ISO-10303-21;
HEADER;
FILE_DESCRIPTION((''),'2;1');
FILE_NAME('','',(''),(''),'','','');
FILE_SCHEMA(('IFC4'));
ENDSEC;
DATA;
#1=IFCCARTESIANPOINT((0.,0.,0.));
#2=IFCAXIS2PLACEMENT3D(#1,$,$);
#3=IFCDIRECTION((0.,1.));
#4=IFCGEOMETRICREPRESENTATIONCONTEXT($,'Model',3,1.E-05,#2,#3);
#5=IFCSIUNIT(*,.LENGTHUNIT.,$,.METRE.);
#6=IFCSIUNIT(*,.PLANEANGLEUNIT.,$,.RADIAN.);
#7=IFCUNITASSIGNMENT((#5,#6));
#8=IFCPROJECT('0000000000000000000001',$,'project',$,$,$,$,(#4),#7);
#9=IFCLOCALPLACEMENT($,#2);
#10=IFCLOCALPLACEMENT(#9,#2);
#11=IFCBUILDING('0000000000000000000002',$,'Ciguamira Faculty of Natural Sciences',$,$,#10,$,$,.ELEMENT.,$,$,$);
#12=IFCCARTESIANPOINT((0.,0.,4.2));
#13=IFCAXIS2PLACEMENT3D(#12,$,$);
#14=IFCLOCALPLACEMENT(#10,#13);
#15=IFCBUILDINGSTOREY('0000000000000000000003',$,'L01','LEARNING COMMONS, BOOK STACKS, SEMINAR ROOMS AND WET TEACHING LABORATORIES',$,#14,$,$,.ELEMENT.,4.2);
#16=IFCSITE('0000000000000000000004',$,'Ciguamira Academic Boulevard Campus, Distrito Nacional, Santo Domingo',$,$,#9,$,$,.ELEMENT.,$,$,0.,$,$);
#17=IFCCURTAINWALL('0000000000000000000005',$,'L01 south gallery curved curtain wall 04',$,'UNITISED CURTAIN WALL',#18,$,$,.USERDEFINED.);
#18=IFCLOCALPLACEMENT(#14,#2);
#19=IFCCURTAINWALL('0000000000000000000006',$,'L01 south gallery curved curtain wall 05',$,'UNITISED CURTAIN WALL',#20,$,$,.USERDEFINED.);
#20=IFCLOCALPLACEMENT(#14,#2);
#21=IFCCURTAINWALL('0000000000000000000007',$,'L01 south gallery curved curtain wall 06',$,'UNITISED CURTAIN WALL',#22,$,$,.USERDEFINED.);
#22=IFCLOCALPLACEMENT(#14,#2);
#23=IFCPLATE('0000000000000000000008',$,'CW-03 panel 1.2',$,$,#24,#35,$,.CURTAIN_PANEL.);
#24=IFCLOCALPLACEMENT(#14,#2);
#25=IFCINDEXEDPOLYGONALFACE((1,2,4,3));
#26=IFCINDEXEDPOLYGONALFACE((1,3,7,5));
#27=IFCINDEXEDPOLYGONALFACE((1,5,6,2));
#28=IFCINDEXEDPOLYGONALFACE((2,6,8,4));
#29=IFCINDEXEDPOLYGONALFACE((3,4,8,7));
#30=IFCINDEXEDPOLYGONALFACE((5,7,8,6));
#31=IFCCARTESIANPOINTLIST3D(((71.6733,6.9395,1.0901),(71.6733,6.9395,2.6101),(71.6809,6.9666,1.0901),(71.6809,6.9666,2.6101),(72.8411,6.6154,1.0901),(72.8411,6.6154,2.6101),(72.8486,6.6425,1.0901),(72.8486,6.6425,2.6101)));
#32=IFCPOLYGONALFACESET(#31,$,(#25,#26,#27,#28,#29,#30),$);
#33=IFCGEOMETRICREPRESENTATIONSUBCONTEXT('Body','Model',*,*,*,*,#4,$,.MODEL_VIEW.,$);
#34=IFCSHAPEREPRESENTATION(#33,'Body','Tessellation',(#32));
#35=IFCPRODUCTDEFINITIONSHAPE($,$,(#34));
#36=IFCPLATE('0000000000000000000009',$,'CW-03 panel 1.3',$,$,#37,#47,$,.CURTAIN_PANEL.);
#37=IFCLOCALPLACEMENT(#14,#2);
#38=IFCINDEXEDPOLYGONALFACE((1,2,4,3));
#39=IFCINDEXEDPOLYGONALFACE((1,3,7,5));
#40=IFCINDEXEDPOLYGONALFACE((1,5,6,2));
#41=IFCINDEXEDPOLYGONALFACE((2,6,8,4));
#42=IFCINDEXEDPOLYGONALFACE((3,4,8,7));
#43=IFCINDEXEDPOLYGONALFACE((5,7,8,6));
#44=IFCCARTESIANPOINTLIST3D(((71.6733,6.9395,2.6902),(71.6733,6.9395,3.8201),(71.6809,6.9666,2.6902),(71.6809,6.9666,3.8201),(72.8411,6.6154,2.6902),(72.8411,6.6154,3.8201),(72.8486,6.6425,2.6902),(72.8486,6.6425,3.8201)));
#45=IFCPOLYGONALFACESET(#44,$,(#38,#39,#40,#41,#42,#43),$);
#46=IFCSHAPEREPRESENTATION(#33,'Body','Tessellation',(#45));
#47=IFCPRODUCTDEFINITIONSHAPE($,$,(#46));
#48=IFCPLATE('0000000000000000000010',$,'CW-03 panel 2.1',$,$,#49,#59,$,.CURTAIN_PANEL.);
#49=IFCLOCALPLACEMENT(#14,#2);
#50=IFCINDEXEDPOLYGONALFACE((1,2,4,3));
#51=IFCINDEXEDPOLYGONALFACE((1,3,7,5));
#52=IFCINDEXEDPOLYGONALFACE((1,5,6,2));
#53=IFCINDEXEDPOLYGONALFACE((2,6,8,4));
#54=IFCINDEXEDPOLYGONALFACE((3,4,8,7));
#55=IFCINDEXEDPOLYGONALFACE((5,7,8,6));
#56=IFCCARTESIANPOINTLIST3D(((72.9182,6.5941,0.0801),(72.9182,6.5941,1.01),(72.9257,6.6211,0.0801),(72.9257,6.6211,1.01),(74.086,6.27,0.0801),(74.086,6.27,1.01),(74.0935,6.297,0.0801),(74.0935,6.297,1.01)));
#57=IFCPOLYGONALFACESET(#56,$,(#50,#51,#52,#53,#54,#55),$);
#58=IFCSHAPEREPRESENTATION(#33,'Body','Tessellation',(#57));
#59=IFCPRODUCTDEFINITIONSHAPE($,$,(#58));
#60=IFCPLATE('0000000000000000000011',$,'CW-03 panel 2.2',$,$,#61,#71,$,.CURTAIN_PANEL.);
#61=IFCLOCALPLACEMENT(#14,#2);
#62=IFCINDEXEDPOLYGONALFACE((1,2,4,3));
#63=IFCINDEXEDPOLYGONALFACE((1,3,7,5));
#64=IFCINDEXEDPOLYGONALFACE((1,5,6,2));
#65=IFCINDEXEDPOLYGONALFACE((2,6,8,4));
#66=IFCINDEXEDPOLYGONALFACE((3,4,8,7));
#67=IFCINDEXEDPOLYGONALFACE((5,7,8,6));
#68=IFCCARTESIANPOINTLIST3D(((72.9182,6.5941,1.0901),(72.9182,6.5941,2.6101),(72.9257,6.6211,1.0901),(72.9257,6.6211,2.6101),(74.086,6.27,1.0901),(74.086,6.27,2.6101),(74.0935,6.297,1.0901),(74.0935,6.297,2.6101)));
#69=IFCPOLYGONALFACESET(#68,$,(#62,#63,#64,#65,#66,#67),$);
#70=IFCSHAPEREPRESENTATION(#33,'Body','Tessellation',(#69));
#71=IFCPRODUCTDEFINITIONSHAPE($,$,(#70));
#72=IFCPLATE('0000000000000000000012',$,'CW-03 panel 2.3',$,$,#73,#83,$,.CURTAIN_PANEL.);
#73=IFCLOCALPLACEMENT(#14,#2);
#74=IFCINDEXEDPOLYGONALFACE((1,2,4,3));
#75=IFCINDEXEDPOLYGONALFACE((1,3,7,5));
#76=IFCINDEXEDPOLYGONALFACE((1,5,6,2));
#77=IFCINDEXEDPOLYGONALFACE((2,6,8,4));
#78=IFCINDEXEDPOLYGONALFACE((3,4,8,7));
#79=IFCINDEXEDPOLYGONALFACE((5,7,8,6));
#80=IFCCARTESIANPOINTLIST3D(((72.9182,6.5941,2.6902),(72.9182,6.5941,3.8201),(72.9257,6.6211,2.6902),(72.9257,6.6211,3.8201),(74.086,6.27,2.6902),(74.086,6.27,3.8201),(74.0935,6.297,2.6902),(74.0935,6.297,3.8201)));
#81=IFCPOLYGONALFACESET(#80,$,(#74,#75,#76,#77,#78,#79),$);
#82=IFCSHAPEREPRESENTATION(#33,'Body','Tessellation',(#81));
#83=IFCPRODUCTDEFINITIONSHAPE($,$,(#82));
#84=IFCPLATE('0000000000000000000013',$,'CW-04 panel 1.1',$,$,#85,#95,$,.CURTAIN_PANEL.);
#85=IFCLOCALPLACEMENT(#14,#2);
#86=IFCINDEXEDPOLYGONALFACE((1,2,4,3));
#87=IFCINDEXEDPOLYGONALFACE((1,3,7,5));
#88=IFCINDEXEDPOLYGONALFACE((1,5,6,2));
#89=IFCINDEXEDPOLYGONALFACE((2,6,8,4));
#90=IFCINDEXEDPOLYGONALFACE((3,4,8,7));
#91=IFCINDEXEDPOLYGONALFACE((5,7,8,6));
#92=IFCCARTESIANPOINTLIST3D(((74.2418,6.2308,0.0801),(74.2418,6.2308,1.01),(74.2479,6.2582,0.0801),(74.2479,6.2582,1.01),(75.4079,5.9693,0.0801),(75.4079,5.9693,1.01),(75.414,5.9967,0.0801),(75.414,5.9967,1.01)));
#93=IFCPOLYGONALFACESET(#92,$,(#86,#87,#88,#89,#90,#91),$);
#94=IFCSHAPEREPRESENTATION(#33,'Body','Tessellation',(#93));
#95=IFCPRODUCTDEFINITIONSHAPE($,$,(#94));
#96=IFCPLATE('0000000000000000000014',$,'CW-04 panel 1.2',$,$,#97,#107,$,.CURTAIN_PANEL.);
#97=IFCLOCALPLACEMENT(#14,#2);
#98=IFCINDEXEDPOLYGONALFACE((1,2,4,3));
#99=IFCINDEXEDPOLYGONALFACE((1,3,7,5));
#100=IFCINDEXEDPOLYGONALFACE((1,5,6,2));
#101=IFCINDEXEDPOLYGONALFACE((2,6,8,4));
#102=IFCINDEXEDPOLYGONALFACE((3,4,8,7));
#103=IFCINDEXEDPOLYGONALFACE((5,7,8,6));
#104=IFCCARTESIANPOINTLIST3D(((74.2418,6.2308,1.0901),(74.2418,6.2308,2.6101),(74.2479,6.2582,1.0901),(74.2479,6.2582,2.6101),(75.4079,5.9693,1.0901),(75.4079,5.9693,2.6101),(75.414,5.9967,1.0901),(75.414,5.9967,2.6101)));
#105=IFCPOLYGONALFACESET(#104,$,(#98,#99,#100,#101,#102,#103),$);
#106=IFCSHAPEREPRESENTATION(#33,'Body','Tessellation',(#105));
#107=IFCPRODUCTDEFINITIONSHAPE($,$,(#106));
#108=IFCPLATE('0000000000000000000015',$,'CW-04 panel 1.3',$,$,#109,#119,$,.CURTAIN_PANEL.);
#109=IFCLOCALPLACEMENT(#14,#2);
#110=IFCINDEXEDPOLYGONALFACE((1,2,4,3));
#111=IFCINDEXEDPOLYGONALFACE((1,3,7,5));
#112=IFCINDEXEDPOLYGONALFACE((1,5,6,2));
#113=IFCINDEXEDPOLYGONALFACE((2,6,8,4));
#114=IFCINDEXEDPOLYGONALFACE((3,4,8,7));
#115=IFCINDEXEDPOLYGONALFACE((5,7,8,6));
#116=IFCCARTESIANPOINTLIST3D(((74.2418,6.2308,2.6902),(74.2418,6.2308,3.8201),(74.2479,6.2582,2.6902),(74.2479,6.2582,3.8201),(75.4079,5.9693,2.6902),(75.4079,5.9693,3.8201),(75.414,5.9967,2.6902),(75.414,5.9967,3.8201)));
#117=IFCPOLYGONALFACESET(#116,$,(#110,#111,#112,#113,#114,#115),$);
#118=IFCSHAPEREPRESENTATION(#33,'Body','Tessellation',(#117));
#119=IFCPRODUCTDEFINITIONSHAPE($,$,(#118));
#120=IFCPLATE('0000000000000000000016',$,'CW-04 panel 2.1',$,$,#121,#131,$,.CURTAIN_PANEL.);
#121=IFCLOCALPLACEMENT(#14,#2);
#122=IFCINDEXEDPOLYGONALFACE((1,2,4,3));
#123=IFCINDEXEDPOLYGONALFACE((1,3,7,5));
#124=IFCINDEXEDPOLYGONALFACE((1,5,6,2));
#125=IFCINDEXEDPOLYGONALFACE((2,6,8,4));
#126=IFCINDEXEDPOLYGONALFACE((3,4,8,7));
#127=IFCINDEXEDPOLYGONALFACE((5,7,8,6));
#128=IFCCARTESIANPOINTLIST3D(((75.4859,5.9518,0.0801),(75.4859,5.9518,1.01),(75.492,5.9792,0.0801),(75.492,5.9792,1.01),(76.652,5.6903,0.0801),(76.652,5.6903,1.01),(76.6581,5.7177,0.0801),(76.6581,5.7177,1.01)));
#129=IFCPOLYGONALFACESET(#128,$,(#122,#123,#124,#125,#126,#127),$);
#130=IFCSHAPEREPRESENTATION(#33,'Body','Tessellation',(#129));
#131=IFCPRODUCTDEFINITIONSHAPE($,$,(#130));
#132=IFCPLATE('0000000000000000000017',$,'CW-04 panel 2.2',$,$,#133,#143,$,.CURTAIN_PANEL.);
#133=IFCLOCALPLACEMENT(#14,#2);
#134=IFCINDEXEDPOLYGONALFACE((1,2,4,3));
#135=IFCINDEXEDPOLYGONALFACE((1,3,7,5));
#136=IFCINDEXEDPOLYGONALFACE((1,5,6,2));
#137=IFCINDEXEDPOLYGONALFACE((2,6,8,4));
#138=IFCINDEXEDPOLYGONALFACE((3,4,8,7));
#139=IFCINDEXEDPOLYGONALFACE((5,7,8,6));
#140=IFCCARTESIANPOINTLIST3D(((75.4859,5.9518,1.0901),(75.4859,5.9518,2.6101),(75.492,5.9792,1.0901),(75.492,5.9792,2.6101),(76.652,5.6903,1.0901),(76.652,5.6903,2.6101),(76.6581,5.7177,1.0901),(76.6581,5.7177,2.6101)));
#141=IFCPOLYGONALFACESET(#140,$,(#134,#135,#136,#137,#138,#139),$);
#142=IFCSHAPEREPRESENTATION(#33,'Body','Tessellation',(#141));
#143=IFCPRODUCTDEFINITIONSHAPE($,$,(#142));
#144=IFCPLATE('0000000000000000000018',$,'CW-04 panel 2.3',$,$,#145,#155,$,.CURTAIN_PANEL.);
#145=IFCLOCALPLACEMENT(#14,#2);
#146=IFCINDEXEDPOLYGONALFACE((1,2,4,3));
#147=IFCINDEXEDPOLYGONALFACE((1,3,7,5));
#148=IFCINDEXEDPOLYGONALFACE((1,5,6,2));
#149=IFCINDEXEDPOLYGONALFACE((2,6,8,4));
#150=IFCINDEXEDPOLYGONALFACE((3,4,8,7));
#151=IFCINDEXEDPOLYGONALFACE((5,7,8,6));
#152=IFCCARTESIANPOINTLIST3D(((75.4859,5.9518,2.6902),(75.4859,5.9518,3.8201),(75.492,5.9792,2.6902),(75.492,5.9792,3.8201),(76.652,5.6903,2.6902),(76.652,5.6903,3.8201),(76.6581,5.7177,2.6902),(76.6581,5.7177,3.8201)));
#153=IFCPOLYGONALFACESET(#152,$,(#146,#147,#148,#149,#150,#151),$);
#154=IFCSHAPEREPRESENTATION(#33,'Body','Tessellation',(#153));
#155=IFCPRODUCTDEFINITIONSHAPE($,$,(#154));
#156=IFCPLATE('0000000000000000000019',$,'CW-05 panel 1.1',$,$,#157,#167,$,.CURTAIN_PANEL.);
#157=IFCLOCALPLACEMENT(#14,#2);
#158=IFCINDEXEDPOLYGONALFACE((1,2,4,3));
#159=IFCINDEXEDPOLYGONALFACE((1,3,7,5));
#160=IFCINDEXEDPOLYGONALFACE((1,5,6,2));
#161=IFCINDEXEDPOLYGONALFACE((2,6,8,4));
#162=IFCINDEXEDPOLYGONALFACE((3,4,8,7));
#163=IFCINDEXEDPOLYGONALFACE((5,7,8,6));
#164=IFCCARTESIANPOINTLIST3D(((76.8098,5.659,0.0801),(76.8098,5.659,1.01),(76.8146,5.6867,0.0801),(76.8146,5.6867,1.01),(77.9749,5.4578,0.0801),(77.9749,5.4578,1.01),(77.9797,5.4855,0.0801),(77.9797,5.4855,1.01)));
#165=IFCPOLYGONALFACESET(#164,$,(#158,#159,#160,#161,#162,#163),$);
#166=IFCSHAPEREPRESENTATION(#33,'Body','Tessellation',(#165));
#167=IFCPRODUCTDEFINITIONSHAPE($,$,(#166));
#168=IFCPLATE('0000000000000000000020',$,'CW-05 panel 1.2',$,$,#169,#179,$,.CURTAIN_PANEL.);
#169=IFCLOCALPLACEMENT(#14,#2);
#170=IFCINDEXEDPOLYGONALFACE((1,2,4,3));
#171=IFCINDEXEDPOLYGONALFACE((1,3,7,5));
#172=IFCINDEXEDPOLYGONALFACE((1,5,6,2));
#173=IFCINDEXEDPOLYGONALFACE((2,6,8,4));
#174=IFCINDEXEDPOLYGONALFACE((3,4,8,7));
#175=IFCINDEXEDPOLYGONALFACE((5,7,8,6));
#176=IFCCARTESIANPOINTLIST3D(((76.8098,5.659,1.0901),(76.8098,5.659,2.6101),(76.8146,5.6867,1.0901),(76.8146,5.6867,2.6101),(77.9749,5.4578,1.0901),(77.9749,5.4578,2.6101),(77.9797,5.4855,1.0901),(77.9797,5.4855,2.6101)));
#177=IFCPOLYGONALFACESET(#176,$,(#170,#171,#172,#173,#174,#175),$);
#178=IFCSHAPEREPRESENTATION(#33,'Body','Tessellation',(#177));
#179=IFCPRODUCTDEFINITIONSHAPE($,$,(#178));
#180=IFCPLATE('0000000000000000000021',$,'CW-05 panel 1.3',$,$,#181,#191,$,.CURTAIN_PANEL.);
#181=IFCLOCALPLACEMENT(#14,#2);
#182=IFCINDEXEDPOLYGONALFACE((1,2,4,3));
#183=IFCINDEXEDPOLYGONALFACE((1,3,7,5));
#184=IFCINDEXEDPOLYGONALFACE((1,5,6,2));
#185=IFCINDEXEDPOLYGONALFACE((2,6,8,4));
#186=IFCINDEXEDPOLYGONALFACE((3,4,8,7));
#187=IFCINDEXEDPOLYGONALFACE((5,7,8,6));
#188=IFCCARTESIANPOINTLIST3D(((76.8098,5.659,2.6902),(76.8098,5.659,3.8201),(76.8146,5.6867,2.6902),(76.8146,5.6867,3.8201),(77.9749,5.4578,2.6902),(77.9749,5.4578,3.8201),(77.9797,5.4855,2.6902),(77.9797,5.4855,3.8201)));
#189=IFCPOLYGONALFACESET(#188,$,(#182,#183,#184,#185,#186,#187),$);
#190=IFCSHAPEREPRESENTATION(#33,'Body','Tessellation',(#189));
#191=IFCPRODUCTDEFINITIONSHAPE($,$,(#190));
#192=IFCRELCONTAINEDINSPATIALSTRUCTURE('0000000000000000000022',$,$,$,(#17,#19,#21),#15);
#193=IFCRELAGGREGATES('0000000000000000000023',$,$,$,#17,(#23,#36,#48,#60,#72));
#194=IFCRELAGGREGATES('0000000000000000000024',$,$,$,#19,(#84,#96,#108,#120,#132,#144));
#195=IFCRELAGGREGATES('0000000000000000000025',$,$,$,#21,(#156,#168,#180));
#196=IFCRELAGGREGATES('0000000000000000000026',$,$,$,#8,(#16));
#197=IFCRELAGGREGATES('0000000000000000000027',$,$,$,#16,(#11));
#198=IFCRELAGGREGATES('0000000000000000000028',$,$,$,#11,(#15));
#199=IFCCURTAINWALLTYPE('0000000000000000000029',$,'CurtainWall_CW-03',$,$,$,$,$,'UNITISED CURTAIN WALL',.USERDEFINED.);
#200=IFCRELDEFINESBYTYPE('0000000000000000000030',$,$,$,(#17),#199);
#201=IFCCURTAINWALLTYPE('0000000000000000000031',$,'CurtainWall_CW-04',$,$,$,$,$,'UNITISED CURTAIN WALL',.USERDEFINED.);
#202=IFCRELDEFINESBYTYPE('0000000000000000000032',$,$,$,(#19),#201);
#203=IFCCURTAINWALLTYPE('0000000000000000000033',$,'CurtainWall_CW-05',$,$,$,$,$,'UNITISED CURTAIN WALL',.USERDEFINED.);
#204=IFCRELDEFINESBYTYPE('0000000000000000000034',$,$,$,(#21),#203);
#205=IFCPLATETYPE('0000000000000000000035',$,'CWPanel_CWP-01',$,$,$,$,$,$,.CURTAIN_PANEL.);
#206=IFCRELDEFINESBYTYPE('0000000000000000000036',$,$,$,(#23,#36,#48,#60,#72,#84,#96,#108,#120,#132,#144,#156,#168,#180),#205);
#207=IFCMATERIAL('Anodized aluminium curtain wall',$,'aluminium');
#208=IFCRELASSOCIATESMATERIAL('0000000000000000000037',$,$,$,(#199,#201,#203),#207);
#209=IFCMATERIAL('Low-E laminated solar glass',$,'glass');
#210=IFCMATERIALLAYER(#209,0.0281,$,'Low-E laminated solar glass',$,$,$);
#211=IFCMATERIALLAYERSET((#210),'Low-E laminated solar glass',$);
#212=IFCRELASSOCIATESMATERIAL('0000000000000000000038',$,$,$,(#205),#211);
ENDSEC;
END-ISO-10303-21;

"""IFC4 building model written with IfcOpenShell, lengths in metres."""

from ifc_helpers import new_model, si_unit, direction, frame, origin, origin_2d, place, context, subcontext, project, spatial, rectangle, extrude, material, layer, layer_set, type_object, element, aggregate, save


model = new_model("IFC4")

# Units and contexts
model_context = context("Model", 3, precision=1e-05, world=origin(), true_north=direction((0.0, 1.0)))
body_context = subcontext(model_context, "Body", "Model", "MODEL_VIEW")
ifc_project = project(units=[si_unit("LENGTHUNIT", "METRE"), si_unit("PLANEANGLEUNIT", "RADIAN")], contexts=[model_context])

# Site, building, storey
site_placement = place(None, origin())
site = spatial("IfcSite", under=ifc_project, at=site_placement, Name="Ciguamira Academic Boulevard Campus, Distrito Nacional, Santo Domingo", CompositionType="ELEMENT", RefElevation=0.0)
building_placement = place(site_placement, origin())
building = spatial("IfcBuilding", under=site, at=building_placement, Name="Ciguamira Faculty of Natural Sciences", CompositionType="ELEMENT")
storey_placement = place(building_placement, frame((0.0, 0.0, 4.2)))
storey = spatial("IfcBuildingStorey", under=building, at=storey_placement, Name="L01", Description="LEARNING COMMONS, BOOK STACKS, SEMINAR ROOMS AND WET TEACHING LABORATORIES", CompositionType="ELEMENT", Elevation=4.2)

# Curtain walls
ifc_material_1 = material(Name="Anodized aluminium curtain wall", Category="aluminium")
curtain_wall_type_1 = type_object("IfcCurtainWallType", Name="CurtainWall_CW-03", ElementType="UNITISED CURTAIN WALL", PredefinedType="USERDEFINED", material=ifc_material_1)
curtain_wall_1_placement = place(storey_placement, origin())
curtain_wall_1 = element("IfcCurtainWall", 1, at=curtain_wall_1_placement, inside=storey, type_object=curtain_wall_type_1, Name="L01 south gallery curved curtain wall 04", ObjectType="UNITISED CURTAIN WALL", PredefinedType="USERDEFINED")
curtain_wall_type_2 = type_object("IfcCurtainWallType", Name="CurtainWall_CW-04", ElementType="UNITISED CURTAIN WALL", PredefinedType="USERDEFINED", material=ifc_material_1)
curtain_wall_2_placement = place(storey_placement, origin())
curtain_wall_2 = element("IfcCurtainWall", 2, at=curtain_wall_2_placement, inside=storey, type_object=curtain_wall_type_2, Name="L01 south gallery curved curtain wall 05", ObjectType="UNITISED CURTAIN WALL", PredefinedType="USERDEFINED")
curtain_wall_type_3 = type_object("IfcCurtainWallType", Name="CurtainWall_CW-05", ElementType="UNITISED CURTAIN WALL", PredefinedType="USERDEFINED", material=ifc_material_1)
curtain_wall_3_placement = place(storey_placement, origin())
curtain_wall_3 = element("IfcCurtainWall", 3, at=curtain_wall_3_placement, inside=storey, type_object=curtain_wall_type_3, Name="L01 south gallery curved curtain wall 06", ObjectType="UNITISED CURTAIN WALL", PredefinedType="USERDEFINED")

# Plates
ifc_material_2 = material(Name="Low-E laminated solar glass", Category="glass")
ifc_layer = layer(ifc_material_2, 0.0281, Name="Low-E laminated solar glass")
ifc_layer_set = layer_set([ifc_layer], Name="Low-E laminated solar glass")
plate_type = type_object("IfcPlateType", Name="CWPanel_CWP-01", PredefinedType="CURTAIN_PANEL", material=ifc_layer_set)
plate_1_placement = place(storey_placement, frame((72.261, 6.791, 1.0901), z_axis=(0.0, 0.0, 1.0), x_axis=(0.963573, -0.267444, 0.0)))
plate_1 = element("IfcPlate", 4, at=plate_1_placement, type_object=plate_type, Name="CW-03 panel 1.2", PredefinedType="CURTAIN_PANEL", context=body_context, shape_type="SweptSolid", body=[
    extrude(rectangle(XDim=1.2119, YDim=0.0281, at=origin_2d()), origin(), (0.0, 0.0, 1.0), 1.52),
])
plate_2_placement = place(storey_placement, frame((72.261, 6.791, 2.6902), z_axis=(0.0, 0.0, 1.0), x_axis=(0.963573, -0.267444, 0.0)))
plate_2 = element("IfcPlate", 5, at=plate_2_placement, type_object=plate_type, Name="CW-03 panel 1.3", PredefinedType="CURTAIN_PANEL", context=body_context, shape_type="SweptSolid", body=[
    extrude(rectangle(XDim=1.2119, YDim=0.0281, at=origin_2d()), origin(), (0.0, 0.0, 1.0), 1.1299),
])
plate_3_placement = place(storey_placement, frame((73.5059, 6.4456, 0.0801), z_axis=(0.0, 0.0, 1.0), x_axis=(0.963573, -0.267444, 0.0)))
plate_3 = element("IfcPlate", 6, at=plate_3_placement, type_object=plate_type, Name="CW-03 panel 2.1", PredefinedType="CURTAIN_PANEL", context=body_context, shape_type="SweptSolid", body=[
    extrude(rectangle(XDim=1.2119, YDim=0.0281, at=origin_2d()), origin(), (0.0, 0.0, 1.0), 0.9299),
])
plate_4_placement = place(storey_placement, frame((73.5059, 6.4456, 1.0901), z_axis=(0.0, 0.0, 1.0), x_axis=(0.963573, -0.267444, 0.0)))
plate_4 = element("IfcPlate", 7, at=plate_4_placement, type_object=plate_type, Name="CW-03 panel 2.2", PredefinedType="CURTAIN_PANEL", context=body_context, shape_type="SweptSolid", body=[
    extrude(rectangle(XDim=1.2119, YDim=0.0281, at=origin_2d()), origin(), (0.0, 0.0, 1.0), 1.52),
])
plate_5_placement = place(storey_placement, frame((73.5059, 6.4456, 2.6902), z_axis=(0.0, 0.0, 1.0), x_axis=(0.963573, -0.267444, 0.0)))
plate_5 = element("IfcPlate", 8, at=plate_5_placement, type_object=plate_type, Name="CW-03 panel 2.3", PredefinedType="CURTAIN_PANEL", context=body_context, shape_type="SweptSolid", body=[
    extrude(rectangle(XDim=1.2119, YDim=0.0281, at=origin_2d()), origin(), (0.0, 0.0, 1.0), 1.1299),
])
aggregate(curtain_wall_1, [plate_1, plate_2, plate_3, plate_4, plate_5])
plate_6_placement = place(storey_placement, frame((74.8279, 6.1138, 0.0801), z_axis=(0.0, 0.0, 1.0), x_axis=(0.975763, -0.21883, 0.0)))
plate_6 = element("IfcPlate", 9, at=plate_6_placement, type_object=plate_type, Name="CW-04 panel 1.1", PredefinedType="CURTAIN_PANEL", context=body_context, shape_type="SweptSolid", body=[
    extrude(rectangle(XDim=1.1951, YDim=0.0281, at=origin_2d()), origin(), (0.0, 0.0, 1.0), 0.9299),
])
plate_7_placement = place(storey_placement, frame((74.8279, 6.1138, 1.0901), z_axis=(0.0, 0.0, 1.0), x_axis=(0.975763, -0.21883, 0.0)))
plate_7 = element("IfcPlate", 10, at=plate_7_placement, type_object=plate_type, Name="CW-04 panel 1.2", PredefinedType="CURTAIN_PANEL", context=body_context, shape_type="SweptSolid", body=[
    extrude(rectangle(XDim=1.1951, YDim=0.0281, at=origin_2d()), origin(), (0.0, 0.0, 1.0), 1.52),
])
plate_8_placement = place(storey_placement, frame((74.8279, 6.1138, 2.6902), z_axis=(0.0, 0.0, 1.0), x_axis=(0.975763, -0.21883, 0.0)))
plate_8 = element("IfcPlate", 11, at=plate_8_placement, type_object=plate_type, Name="CW-04 panel 1.3", PredefinedType="CURTAIN_PANEL", context=body_context, shape_type="SweptSolid", body=[
    extrude(rectangle(XDim=1.1951, YDim=0.0281, at=origin_2d()), origin(), (0.0, 0.0, 1.0), 1.1299),
])
plate_9_placement = place(storey_placement, frame((76.072, 5.8347, 0.0801), z_axis=(0.0, 0.0, 1.0), x_axis=(0.975763, -0.21883, 0.0)))
plate_9 = element("IfcPlate", 12, at=plate_9_placement, type_object=plate_type, Name="CW-04 panel 2.1", PredefinedType="CURTAIN_PANEL", context=body_context, shape_type="SweptSolid", body=[
    extrude(rectangle(XDim=1.1951, YDim=0.0281, at=origin_2d()), origin(), (0.0, 0.0, 1.0), 0.9299),
])
plate_10_placement = place(storey_placement, frame((76.072, 5.8347, 1.0901), z_axis=(0.0, 0.0, 1.0), x_axis=(0.975763, -0.21883, 0.0)))
plate_10 = element("IfcPlate", 13, at=plate_10_placement, type_object=plate_type, Name="CW-04 panel 2.2", PredefinedType="CURTAIN_PANEL", context=body_context, shape_type="SweptSolid", body=[
    extrude(rectangle(XDim=1.1951, YDim=0.0281, at=origin_2d()), origin(), (0.0, 0.0, 1.0), 1.52),
])
plate_11_placement = place(storey_placement, frame((76.072, 5.8347, 2.6902), z_axis=(0.0, 0.0, 1.0), x_axis=(0.975763, -0.21883, 0.0)))
plate_11 = element("IfcPlate", 14, at=plate_11_placement, type_object=plate_type, Name="CW-04 panel 2.3", PredefinedType="CURTAIN_PANEL", context=body_context, shape_type="SweptSolid", body=[
    extrude(rectangle(XDim=1.1951, YDim=0.0281, at=origin_2d()), origin(), (0.0, 0.0, 1.0), 1.1299),
])
aggregate(curtain_wall_2, [plate_6, plate_7, plate_8, plate_9, plate_10, plate_11])
plate_12_placement = place(storey_placement, frame((77.3948, 5.5723, 0.0801), z_axis=(0.0, 0.0, 1.0), x_axis=(0.985411, -0.170192, 0.0)))
plate_12 = element("IfcPlate", 15, at=plate_12_placement, type_object=plate_type, Name="CW-05 panel 1.1", PredefinedType="CURTAIN_PANEL", context=body_context, shape_type="SweptSolid", body=[
    extrude(rectangle(XDim=1.1824, YDim=0.0281, at=origin_2d()), origin(), (0.0, 0.0, 1.0), 0.9299),
])
plate_13_placement = place(storey_placement, frame((77.3948, 5.5723, 1.0901), z_axis=(0.0, 0.0, 1.0), x_axis=(0.985411, -0.170192, 0.0)))
plate_13 = element("IfcPlate", 16, at=plate_13_placement, type_object=plate_type, Name="CW-05 panel 1.2", PredefinedType="CURTAIN_PANEL", context=body_context, shape_type="SweptSolid", body=[
    extrude(rectangle(XDim=1.1824, YDim=0.0281, at=origin_2d()), origin(), (0.0, 0.0, 1.0), 1.52),
])
plate_14_placement = place(storey_placement, frame((77.3948, 5.5723, 2.6902), z_axis=(0.0, 0.0, 1.0), x_axis=(0.985411, -0.170192, 0.0)))
plate_14 = element("IfcPlate", 17, at=plate_14_placement, type_object=plate_type, Name="CW-05 panel 1.3", PredefinedType="CURTAIN_PANEL", context=body_context, shape_type="SweptSolid", body=[
    extrude(rectangle(XDim=1.1824, YDim=0.0281, at=origin_2d()), origin(), (0.0, 0.0, 1.0), 1.1299),
])
aggregate(curtain_wall_3, [plate_12, plate_13, plate_14])

save(model, "model.ifc")
